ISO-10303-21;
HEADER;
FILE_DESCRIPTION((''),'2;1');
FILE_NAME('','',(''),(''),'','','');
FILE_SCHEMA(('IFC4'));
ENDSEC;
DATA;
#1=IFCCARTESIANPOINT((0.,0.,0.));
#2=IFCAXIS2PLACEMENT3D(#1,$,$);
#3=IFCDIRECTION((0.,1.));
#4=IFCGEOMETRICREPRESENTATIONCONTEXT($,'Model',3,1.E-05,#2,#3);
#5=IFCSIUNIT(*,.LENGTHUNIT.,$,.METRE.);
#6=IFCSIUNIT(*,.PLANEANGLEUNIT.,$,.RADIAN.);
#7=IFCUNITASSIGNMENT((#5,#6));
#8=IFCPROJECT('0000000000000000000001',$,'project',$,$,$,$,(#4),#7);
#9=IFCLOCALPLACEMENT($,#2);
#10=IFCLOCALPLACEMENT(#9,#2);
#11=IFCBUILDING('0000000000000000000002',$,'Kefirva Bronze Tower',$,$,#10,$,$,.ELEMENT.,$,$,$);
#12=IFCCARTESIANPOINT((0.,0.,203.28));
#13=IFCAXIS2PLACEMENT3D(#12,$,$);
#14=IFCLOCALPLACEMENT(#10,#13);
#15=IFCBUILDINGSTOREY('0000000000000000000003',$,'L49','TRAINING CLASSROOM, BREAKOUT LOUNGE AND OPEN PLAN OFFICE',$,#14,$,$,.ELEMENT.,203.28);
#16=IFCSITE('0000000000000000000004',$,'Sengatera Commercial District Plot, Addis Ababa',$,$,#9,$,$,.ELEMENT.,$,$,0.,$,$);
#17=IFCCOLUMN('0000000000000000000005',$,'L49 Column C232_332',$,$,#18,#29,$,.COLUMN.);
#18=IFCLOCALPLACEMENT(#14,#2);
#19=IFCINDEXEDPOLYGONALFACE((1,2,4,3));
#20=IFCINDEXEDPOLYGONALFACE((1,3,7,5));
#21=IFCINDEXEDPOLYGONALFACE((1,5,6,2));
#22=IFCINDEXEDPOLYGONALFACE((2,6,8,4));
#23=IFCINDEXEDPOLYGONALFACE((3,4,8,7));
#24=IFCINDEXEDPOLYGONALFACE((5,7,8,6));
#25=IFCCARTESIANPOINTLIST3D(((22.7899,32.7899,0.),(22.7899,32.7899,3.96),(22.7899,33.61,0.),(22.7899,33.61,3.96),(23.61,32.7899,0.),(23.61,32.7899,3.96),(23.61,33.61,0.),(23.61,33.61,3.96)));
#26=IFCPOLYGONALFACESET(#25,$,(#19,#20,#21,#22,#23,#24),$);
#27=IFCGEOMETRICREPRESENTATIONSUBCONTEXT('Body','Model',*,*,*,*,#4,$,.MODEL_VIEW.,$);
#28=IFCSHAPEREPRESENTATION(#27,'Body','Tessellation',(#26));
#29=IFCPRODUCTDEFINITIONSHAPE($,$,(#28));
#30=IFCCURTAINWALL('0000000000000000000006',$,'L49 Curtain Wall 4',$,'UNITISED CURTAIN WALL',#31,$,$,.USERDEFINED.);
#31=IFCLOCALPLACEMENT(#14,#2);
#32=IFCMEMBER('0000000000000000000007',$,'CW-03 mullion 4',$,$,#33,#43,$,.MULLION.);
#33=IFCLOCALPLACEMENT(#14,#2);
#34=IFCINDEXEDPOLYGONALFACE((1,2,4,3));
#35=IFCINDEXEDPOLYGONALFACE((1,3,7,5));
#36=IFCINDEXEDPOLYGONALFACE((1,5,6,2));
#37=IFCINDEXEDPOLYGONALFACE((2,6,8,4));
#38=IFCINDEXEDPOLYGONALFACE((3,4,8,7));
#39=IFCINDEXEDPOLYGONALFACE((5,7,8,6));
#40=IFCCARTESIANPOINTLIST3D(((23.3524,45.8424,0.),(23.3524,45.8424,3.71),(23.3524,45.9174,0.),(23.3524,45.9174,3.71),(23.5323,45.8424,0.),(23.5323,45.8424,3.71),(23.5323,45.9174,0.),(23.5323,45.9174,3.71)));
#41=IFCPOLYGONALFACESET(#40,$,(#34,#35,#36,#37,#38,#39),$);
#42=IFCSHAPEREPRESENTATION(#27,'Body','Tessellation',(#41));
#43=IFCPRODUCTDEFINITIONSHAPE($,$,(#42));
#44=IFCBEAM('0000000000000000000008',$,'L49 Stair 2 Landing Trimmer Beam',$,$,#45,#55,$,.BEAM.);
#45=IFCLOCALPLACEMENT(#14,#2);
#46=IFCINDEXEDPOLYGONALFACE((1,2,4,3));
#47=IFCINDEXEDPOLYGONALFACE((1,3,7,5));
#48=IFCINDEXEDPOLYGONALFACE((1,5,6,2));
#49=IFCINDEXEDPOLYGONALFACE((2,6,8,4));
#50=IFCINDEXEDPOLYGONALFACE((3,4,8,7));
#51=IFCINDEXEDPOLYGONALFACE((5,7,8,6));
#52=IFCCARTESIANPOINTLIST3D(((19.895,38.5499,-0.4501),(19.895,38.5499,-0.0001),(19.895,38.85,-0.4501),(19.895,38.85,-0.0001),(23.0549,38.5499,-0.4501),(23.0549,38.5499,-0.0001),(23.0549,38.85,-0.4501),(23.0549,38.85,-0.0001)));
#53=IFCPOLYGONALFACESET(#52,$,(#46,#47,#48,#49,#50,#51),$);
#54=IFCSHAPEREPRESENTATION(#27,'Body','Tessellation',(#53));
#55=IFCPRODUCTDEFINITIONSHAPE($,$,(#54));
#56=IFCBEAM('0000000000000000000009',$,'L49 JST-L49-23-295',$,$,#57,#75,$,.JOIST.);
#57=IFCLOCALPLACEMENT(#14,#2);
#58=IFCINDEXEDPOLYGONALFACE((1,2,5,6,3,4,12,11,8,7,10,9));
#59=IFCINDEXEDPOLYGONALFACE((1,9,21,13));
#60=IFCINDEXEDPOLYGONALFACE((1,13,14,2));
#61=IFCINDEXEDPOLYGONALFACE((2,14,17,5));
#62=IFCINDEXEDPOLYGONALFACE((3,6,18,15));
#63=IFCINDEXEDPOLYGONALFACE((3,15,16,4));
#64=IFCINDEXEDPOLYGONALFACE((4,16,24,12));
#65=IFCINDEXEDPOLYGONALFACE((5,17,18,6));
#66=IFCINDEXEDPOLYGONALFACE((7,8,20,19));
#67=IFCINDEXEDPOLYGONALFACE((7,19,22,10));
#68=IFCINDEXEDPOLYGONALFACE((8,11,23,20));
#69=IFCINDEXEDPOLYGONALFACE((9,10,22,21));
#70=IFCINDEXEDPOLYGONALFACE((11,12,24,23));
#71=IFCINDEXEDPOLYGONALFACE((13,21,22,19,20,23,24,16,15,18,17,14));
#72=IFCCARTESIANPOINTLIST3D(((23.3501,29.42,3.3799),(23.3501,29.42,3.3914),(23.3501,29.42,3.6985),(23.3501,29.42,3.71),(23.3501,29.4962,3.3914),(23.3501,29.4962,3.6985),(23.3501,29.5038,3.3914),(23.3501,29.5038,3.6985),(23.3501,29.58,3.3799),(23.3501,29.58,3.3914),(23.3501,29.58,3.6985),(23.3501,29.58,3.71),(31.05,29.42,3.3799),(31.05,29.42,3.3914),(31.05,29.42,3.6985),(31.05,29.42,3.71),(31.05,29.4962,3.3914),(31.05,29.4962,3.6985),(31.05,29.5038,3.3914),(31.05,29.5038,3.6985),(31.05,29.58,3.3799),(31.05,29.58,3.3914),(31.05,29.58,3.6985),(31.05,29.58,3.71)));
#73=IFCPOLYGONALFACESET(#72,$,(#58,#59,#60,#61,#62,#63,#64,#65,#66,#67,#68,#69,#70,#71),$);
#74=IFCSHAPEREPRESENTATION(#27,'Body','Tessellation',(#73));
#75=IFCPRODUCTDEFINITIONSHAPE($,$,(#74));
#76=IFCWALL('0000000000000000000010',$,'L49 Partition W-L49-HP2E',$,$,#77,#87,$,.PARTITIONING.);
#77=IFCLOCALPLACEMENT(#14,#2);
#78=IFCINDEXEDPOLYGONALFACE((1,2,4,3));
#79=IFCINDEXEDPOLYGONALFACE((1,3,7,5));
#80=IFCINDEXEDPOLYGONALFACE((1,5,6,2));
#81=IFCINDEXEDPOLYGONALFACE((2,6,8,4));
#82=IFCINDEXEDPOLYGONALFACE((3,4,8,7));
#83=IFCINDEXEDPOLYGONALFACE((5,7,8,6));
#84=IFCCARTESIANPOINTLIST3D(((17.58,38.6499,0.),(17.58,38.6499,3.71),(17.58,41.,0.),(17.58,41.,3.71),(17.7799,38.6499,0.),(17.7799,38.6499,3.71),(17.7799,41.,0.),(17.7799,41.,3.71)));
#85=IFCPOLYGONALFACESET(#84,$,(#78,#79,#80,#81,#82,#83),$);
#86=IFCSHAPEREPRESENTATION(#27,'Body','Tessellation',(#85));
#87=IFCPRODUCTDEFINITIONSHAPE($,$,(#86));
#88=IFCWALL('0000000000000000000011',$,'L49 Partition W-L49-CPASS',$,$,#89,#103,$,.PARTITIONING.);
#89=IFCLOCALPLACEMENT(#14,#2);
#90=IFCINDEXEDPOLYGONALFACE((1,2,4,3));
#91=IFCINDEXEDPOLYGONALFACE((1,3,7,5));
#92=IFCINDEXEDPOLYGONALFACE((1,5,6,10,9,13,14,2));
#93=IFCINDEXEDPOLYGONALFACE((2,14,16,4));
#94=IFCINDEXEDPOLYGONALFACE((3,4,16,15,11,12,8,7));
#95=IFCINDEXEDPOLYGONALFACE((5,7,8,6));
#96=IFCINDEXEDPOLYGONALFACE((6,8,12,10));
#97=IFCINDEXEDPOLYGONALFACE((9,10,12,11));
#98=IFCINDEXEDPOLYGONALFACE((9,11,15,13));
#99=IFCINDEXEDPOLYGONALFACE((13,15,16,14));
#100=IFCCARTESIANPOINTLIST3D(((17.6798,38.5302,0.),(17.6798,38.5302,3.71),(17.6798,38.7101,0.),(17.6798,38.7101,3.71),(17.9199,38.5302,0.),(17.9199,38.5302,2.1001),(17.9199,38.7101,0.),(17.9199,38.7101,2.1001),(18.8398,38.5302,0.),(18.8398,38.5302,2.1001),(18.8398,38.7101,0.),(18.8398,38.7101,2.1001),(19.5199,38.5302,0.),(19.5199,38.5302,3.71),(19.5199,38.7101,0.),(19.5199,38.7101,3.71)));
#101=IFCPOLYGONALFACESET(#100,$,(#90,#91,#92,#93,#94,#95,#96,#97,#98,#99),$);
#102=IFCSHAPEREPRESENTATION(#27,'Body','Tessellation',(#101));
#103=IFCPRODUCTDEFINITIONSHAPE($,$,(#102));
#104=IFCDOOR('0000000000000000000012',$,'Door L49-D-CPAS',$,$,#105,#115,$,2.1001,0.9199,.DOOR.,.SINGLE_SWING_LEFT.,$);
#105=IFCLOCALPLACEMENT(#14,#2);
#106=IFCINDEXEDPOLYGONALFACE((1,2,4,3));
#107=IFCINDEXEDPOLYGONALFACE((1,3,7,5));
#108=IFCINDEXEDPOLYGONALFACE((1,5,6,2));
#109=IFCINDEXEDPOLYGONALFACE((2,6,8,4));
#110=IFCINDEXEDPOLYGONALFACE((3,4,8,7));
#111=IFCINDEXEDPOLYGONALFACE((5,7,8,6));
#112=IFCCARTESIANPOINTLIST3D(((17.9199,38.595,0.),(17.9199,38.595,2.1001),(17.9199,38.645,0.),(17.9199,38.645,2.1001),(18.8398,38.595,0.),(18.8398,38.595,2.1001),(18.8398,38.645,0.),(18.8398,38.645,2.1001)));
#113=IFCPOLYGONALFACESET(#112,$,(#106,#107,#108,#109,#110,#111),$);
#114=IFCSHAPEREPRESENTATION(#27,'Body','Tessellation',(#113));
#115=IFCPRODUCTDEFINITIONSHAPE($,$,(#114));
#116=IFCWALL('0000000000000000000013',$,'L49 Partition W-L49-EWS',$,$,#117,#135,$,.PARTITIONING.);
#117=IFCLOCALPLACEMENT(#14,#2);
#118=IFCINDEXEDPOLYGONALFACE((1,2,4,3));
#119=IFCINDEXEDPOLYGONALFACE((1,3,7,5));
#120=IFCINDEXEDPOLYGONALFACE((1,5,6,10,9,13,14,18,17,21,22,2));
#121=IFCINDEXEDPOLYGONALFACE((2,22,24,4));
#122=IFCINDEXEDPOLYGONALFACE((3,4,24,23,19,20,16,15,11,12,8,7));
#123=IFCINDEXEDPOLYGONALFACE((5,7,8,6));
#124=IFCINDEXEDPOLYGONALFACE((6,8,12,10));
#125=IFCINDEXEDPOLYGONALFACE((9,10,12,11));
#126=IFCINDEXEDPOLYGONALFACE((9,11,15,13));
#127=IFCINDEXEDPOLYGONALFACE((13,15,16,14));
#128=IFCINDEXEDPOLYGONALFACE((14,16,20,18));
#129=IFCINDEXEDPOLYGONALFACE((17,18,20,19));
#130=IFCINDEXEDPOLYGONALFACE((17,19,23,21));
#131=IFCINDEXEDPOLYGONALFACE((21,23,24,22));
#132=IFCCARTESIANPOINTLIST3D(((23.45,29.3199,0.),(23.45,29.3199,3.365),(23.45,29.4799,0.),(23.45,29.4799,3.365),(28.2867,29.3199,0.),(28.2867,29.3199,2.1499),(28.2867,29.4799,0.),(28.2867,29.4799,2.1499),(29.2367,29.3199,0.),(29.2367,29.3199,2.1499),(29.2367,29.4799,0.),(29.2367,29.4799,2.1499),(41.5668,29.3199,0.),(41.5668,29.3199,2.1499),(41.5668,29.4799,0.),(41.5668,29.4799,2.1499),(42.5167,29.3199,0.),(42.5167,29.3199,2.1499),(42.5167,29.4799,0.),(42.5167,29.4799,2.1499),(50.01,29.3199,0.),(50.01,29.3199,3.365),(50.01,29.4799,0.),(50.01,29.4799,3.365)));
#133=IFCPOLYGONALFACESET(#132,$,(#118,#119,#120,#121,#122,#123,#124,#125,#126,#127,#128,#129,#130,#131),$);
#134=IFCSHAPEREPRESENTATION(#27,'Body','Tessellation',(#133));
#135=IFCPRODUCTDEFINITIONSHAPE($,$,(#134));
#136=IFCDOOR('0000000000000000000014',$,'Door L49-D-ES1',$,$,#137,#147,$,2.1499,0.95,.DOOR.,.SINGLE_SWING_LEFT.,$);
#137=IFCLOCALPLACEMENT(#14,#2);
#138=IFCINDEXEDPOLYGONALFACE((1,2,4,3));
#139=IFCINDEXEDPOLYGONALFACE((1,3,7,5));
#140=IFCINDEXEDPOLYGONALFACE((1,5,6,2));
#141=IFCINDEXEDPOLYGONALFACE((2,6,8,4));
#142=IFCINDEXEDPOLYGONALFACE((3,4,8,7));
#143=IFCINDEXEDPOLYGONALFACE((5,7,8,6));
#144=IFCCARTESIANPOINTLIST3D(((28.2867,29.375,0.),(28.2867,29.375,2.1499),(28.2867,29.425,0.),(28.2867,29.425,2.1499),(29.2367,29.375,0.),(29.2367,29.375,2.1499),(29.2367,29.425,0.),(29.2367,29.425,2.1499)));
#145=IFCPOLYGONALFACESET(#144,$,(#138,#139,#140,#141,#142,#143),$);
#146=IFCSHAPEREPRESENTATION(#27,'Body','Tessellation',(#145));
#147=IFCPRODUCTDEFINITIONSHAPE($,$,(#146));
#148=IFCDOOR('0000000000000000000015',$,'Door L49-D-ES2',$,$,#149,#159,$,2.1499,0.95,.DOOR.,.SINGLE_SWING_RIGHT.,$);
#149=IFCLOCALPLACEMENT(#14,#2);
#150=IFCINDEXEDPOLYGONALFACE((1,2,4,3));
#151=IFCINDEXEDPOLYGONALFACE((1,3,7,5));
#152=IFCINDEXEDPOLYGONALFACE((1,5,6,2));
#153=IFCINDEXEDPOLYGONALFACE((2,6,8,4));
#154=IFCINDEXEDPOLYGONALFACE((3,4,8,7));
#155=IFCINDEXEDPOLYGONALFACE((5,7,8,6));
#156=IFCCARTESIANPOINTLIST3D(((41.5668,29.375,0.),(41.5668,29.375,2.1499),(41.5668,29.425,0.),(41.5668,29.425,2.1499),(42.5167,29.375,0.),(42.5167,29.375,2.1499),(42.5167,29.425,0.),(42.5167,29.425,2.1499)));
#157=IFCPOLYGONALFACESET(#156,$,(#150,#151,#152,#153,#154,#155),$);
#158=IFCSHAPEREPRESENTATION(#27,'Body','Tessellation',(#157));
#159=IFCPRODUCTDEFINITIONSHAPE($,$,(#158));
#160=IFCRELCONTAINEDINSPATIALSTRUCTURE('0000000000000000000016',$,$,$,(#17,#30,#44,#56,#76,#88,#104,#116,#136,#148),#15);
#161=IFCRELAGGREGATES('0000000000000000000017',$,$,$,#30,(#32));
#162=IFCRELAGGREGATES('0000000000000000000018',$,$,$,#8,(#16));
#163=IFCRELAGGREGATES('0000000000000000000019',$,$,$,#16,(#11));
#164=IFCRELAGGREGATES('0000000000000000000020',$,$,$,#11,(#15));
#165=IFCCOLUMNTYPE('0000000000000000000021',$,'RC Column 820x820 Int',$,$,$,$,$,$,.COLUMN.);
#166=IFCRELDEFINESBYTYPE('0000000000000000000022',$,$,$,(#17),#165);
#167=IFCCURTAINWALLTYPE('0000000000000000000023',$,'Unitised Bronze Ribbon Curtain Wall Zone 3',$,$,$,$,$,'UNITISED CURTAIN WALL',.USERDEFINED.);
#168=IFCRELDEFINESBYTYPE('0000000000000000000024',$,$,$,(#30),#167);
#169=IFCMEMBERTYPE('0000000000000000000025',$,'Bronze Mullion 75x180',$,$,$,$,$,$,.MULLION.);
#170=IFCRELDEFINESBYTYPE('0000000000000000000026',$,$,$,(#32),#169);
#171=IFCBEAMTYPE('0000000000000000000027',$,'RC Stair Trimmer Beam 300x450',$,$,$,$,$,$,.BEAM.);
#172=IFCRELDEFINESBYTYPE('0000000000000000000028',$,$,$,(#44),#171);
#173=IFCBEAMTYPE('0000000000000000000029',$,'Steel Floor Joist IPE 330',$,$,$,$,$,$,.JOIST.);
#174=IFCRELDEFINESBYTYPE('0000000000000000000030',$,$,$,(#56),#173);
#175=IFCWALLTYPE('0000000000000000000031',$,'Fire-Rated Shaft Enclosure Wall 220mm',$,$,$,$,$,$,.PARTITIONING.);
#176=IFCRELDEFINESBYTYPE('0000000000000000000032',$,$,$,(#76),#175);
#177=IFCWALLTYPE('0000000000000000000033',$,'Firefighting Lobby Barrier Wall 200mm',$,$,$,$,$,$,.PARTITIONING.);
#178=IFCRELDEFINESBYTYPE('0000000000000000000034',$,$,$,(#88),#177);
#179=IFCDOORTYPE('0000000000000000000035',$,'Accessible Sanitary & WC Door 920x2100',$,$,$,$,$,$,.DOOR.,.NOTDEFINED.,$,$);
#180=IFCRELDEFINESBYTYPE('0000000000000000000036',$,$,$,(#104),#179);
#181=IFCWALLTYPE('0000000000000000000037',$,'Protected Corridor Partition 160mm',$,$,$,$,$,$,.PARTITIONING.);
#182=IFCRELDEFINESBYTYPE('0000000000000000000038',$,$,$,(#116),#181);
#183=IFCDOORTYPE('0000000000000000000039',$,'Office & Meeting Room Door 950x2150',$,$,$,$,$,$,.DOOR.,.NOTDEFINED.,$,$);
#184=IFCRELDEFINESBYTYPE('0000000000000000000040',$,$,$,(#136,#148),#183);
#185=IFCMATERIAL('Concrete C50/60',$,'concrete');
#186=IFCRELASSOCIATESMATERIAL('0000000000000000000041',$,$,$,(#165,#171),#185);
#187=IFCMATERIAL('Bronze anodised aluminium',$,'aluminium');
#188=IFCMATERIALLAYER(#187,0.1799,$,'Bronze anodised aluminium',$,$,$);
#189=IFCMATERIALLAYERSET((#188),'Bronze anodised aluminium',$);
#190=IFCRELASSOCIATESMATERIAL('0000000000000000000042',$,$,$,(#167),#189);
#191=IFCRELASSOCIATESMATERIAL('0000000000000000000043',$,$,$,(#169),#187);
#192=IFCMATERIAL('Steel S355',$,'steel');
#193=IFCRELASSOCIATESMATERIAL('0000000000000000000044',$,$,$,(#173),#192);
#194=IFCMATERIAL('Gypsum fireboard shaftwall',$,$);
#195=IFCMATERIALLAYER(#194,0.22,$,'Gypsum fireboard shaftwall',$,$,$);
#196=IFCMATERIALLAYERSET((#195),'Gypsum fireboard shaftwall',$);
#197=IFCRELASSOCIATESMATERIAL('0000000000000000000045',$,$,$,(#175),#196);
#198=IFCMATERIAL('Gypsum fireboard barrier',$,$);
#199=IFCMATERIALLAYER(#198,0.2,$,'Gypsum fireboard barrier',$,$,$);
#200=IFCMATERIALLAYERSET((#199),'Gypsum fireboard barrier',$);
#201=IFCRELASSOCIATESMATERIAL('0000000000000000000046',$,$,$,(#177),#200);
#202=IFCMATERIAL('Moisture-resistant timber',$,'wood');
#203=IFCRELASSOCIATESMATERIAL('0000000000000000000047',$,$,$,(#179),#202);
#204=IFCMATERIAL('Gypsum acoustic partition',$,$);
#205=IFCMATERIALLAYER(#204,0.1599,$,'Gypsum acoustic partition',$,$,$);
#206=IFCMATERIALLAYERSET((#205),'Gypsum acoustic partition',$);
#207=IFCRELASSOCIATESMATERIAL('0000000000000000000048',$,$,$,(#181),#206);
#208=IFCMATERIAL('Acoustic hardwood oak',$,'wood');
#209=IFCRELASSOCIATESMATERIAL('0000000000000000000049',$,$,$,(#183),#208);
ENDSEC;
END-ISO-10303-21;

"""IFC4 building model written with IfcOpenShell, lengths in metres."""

from ifc_helpers import new_model, si_unit, direction, frame, frame_2d, origin, origin_2d, place, context, subcontext, project, spatial, rectangle, i_section, extrude, material, layer, layer_set, material_profile, profile_set, type_object, element, fill, aggregate, save


model = new_model("IFC4")

# Units and contexts
model_context = context("Model", 3, precision=1e-05, world=origin(), true_north=direction((0.0, 1.0)))
body_context = subcontext(model_context, "Body", "Model", "MODEL_VIEW")
ifc_project = project(units=[si_unit("LENGTHUNIT", "METRE"), si_unit("PLANEANGLEUNIT", "RADIAN")], contexts=[model_context])

# Site, building, storey
site_placement = place(None, origin())
site = spatial("IfcSite", under=ifc_project, at=site_placement, Name="Sengatera Commercial District Plot, Addis Ababa", CompositionType="ELEMENT", RefElevation=0.0)
building_placement = place(site_placement, origin())
building = spatial("IfcBuilding", under=site, at=building_placement, Name="Kefirva Bronze Tower", CompositionType="ELEMENT")
storey_placement = place(building_placement, frame((0.0, 0.0, 203.28)))
storey = spatial("IfcBuildingStorey", under=building, at=storey_placement, Name="L49", Description="TRAINING CLASSROOM, BREAKOUT LOUNGE AND OPEN PLAN OFFICE", CompositionType="ELEMENT", Elevation=203.28)

# Column
ifc_material_1 = material(Name="Concrete C50/60", Category="concrete")
ifc_material_profile_1 = material_profile(ifc_material_1, rectangle(XDim=0.8201, YDim=0.8201, at=origin_2d()), Name="RC 820x820")
ifc_profile_set_1 = profile_set([ifc_material_profile_1], Name="Concrete C50/60")
column_type = type_object("IfcColumnType", Name="RC Column 820x820 Int", PredefinedType="COLUMN", material=ifc_profile_set_1)
column_placement = place(storey_placement, frame((23.2, 33.2, 0.0), z_axis=(0.0, 0.0, 1.0), x_axis=(1.0, 0.0, 0.0)))
element("IfcColumn", 1, at=column_placement, inside=storey, type_object=column_type, Name="L49 Column C232_332", PredefinedType="COLUMN", context=body_context, shape_type="SweptSolid", body=[
    extrude(rectangle(XDim=0.8201, YDim=0.8201, at=origin_2d()), origin(), (0.0, 0.0, 1.0), 3.96),
])

# Curtain wall, member
ifc_material_2 = material(Name="Bronze anodised aluminium", Category="aluminium")
ifc_layer_1 = layer(ifc_material_2, 0.1799, Name="Bronze anodised aluminium")
ifc_layer_set_1 = layer_set([ifc_layer_1], Name="Bronze anodised aluminium")
curtain_wall_type = type_object("IfcCurtainWallType", Name="Unitised Bronze Ribbon Curtain Wall Zone 3", ElementType="UNITISED CURTAIN WALL", PredefinedType="USERDEFINED", material=ifc_layer_set_1)
curtain_wall_placement = place(storey_placement, origin())
curtain_wall = element("IfcCurtainWall", 2, at=curtain_wall_placement, inside=storey, type_object=curtain_wall_type, Name="L49 Curtain Wall 4", ObjectType="UNITISED CURTAIN WALL", PredefinedType="USERDEFINED")
ifc_material_profile_2 = material_profile(ifc_material_2, rectangle(XDim=0.075, YDim=0.1799, at=origin_2d()), Name="ALU 75x180")
ifc_profile_set_2 = profile_set([ifc_material_profile_2], Name="Bronze anodised aluminium")
member_type = type_object("IfcMemberType", Name="Bronze Mullion 75x180", PredefinedType="MULLION", material=ifc_profile_set_2)
member_placement = place(storey_placement, frame((23.4424, 45.8799, 0.0), z_axis=(0.0, 0.0, 1.0), x_axis=(0.0, -1.0, 0.0)))
member = element("IfcMember", 3, at=member_placement, type_object=member_type, Name="CW-03 mullion 4", PredefinedType="MULLION", context=body_context, shape_type="SweptSolid", body=[
    extrude(rectangle(XDim=0.075, YDim=0.1799, at=origin_2d()), origin(), (0.0, 0.0, 1.0), 3.71),
])
aggregate(curtain_wall, [member])

# Beams
ifc_material_profile_3 = material_profile(ifc_material_1, rectangle(XDim=0.3, YDim=0.45, at=origin_2d()), Name="RC 300x450")
ifc_profile_set_3 = profile_set([ifc_material_profile_3], Name="Concrete C50/60")
beam_type_1 = type_object("IfcBeamType", Name="RC Stair Trimmer Beam 300x450", PredefinedType="BEAM", material=ifc_profile_set_3)
beam_1_placement = place(storey_placement, frame((19.895, 38.7, -0.2251), z_axis=(1.0, 0.0, 0.0), x_axis=(0.0, 1.0, 0.0)))
element("IfcBeam", 4, at=beam_1_placement, inside=storey, type_object=beam_type_1, Name="L49 Stair 2 Landing Trimmer Beam", PredefinedType="BEAM", context=body_context, shape_type="SweptSolid", body=[
    extrude(rectangle(XDim=0.3, YDim=0.45, at=origin_2d()), origin(), (0.0, 0.0, 1.0), 3.1599),
])
ifc_material_3 = material(Name="Steel S355", Category="steel")
ifc_material_profile_4 = material_profile(ifc_material_3, i_section(OverallWidth=0.1599, OverallDepth=0.3301, WebThickness=0.0076, FlangeThickness=0.0115, at=origin_2d()), Name="IPE 330")
ifc_profile_set_4 = profile_set([ifc_material_profile_4], Name="Steel S355")
beam_type_2 = type_object("IfcBeamType", Name="Steel Floor Joist IPE 330", PredefinedType="JOIST", material=ifc_profile_set_4)
beam_2_placement = place(storey_placement, frame((23.3501, 29.5, 3.5449), z_axis=(1.0, 0.0, 0.0), x_axis=(0.0, 1.0, 0.0)))
element("IfcBeam", 5, at=beam_2_placement, inside=storey, type_object=beam_type_2, Name="L49 JST-L49-23-295", PredefinedType="JOIST", context=body_context, shape_type="SweptSolid", body=[
    extrude(i_section(OverallWidth=0.1599, OverallDepth=0.3301, WebThickness=0.0076, FlangeThickness=0.0115, at=origin_2d()), origin(), (0.0, 0.0, 1.0), 7.7),
])

# Shared definitions
ifc_material_4 = material(Name="Gypsum fireboard shaftwall")
ifc_layer_2 = layer(ifc_material_4, 0.22, Name="Gypsum fireboard shaftwall")
ifc_layer_set_2 = layer_set([ifc_layer_2], Name="Gypsum fireboard shaftwall")
wall_type_1 = type_object("IfcWallType", Name="Fire-Rated Shaft Enclosure Wall 220mm", PredefinedType="PARTITIONING", material=ifc_layer_set_2)

# Wall
wall_1_placement = place(storey_placement, frame((17.6799, 38.6499, 0.0), z_axis=(0.0, 0.0, 1.0), x_axis=(0.0, 1.0, 0.0)))
element("IfcWall", 6, at=wall_1_placement, inside=storey, type_object=wall_type_1, Name="L49 Partition W-L49-HP2E", PredefinedType="PARTITIONING", context=body_context, shape_type="SweptSolid", body=[
    extrude(rectangle(XDim=2.3501, YDim=0.2, at=frame_2d((1.175, 0.0))), origin(), (0.0, 0.0, 1.0), 3.71),
])

# Wall, opening, door
ifc_material_5 = material(Name="Gypsum fireboard barrier")
ifc_layer_3 = layer(ifc_material_5, 0.2, Name="Gypsum fireboard barrier")
ifc_layer_set_3 = layer_set([ifc_layer_3], Name="Gypsum fireboard barrier")
wall_type_2 = type_object("IfcWallType", Name="Firefighting Lobby Barrier Wall 200mm", PredefinedType="PARTITIONING", material=ifc_layer_set_3)
wall_2_placement = place(storey_placement, frame((17.6799, 38.6201, 0.0), z_axis=(0.0, 0.0, 1.0), x_axis=(1.0, 0.0, 0.0)))
wall_2 = element("IfcWall", 7, at=wall_2_placement, inside=storey, type_object=wall_type_2, Name="L49 Partition W-L49-CPASS", PredefinedType="PARTITIONING", context=body_context, shape_type="SweptSolid", body=[
    extrude(rectangle(XDim=1.8401, YDim=0.1799, at=frame_2d((0.9199, 0.0))), origin(), (0.0, 0.0, 1.0), 3.71),
])
opening_1_placement = place(wall_2_placement, frame((0.24, 0.0, 0.0)))
opening_1 = element("IfcOpeningElement", 8, at=opening_1_placement, cuts=wall_2, PredefinedType="OPENING", context=body_context, shape_type="SweptSolid", body=[
    extrude(rectangle(XDim=0.9199, YDim=2.1001, at=frame_2d((0.46, 1.05))), frame((0.0, 0.1001, 0.0), z_axis=(0.0, -1.0, 0.0), x_axis=(1.0, 0.0, 0.0)), (0.0, 0.0, 1.0), 0.2),
])
ifc_material_6 = material(Name="Moisture-resistant timber", Category="wood")
door_type_1 = type_object("IfcDoorType", Name="Accessible Sanitary & WC Door 920x2100", OperationType="NOTDEFINED", PredefinedType="DOOR", material=ifc_material_6)
door_1_placement = place(opening_1_placement, origin())
door_1 = element("IfcDoor", 9, at=door_1_placement, inside=storey, type_object=door_type_1, Name="Door L49-D-CPAS", OperationType="SINGLE_SWING_LEFT", OverallHeight=2.1001, OverallWidth=0.9199, PredefinedType="DOOR", context=body_context, shape_type="SweptSolid", body=[
    extrude(rectangle(XDim=0.9199, YDim=2.1001, at=frame_2d((0.46, 1.05))), frame((0.0, 0.0249, 0.0), z_axis=(0.0, -1.0, 0.0), x_axis=(1.0, 0.0, 0.0)), (0.0, 0.0, 1.0), 0.05),
])
fill(opening_1, door_1)

# Wall, openings, doors
ifc_material_7 = material(Name="Gypsum acoustic partition")
ifc_layer_4 = layer(ifc_material_7, 0.1599, Name="Gypsum acoustic partition")
ifc_layer_set_4 = layer_set([ifc_layer_4], Name="Gypsum acoustic partition")
wall_type_3 = type_object("IfcWallType", Name="Protected Corridor Partition 160mm", PredefinedType="PARTITIONING", material=ifc_layer_set_4)
wall_3_placement = place(storey_placement, frame((23.45, 29.3999, 0.0), z_axis=(0.0, 0.0, 1.0), x_axis=(1.0, 0.0, 0.0)))
wall_3 = element("IfcWall", 10, at=wall_3_placement, inside=storey, type_object=wall_type_3, Name="L49 Partition W-L49-EWS", PredefinedType="PARTITIONING", context=body_context, shape_type="SweptSolid", body=[
    extrude(rectangle(XDim=26.5601, YDim=0.1599, at=frame_2d((13.28, 0.0))), origin(), (0.0, 0.0, 1.0), 3.365),
])
opening_2_placement = place(wall_3_placement, frame((5.7869, 0.0, 0.0), z_axis=(0.0, 0.0, 1.0), x_axis=(-1.0, 0.0, 0.0)))
opening_2 = element("IfcOpeningElement", 11, at=opening_2_placement, cuts=wall_3, PredefinedType="OPENING", context=body_context, shape_type="SweptSolid", body=[
    extrude(rectangle(XDim=0.95, YDim=2.1499, at=frame_2d((0.4751, 1.075))), frame((0.0, 0.0898, 0.0), z_axis=(0.0, -1.0, 0.0), x_axis=(1.0, 0.0, 0.0)), (0.0, 0.0, 1.0), 0.1799),
])
opening_3_placement = place(wall_3_placement, frame((19.0669, 0.0, 0.0), z_axis=(0.0, 0.0, 1.0), x_axis=(-1.0, 0.0, 0.0)))
opening_3 = element("IfcOpeningElement", 12, at=opening_3_placement, cuts=wall_3, PredefinedType="OPENING", context=body_context, shape_type="SweptSolid", body=[
    extrude(rectangle(XDim=0.95, YDim=2.1499, at=frame_2d((0.4751, 1.075))), frame((0.0, 0.0898, 0.0), z_axis=(0.0, -1.0, 0.0), x_axis=(1.0, 0.0, 0.0)), (0.0, 0.0, 1.0), 0.1799),
])
ifc_material_8 = material(Name="Acoustic hardwood oak", Category="wood")
door_type_2 = type_object("IfcDoorType", Name="Office & Meeting Room Door 950x2150", OperationType="NOTDEFINED", PredefinedType="DOOR", material=ifc_material_8)
door_2_placement = place(opening_2_placement, origin())
door_2 = element("IfcDoor", 13, at=door_2_placement, inside=storey, type_object=door_type_2, Name="Door L49-D-ES1", OperationType="SINGLE_SWING_LEFT", OverallHeight=2.1499, OverallWidth=0.95, PredefinedType="DOOR", context=body_context, shape_type="SweptSolid", body=[
    extrude(rectangle(XDim=0.95, YDim=2.1499, at=frame_2d((0.4751, 1.075))), frame((0.0, 0.0249, 0.0), z_axis=(0.0, -1.0, 0.0), x_axis=(1.0, 0.0, 0.0)), (0.0, 0.0, 1.0), 0.05),
])
fill(opening_2, door_2)
door_3_placement = place(opening_3_placement, origin())
door_3 = element("IfcDoor", 14, at=door_3_placement, inside=storey, type_object=door_type_2, Name="Door L49-D-ES2", OperationType="SINGLE_SWING_RIGHT", OverallHeight=2.1499, OverallWidth=0.95, PredefinedType="DOOR", context=body_context, shape_type="SweptSolid", body=[
    extrude(rectangle(XDim=0.95, YDim=2.1499, at=frame_2d((0.4751, 1.075))), frame((0.0, 0.0249, 0.0), z_axis=(0.0, -1.0, 0.0), x_axis=(1.0, 0.0, 0.0)), (0.0, 0.0, 1.0), 0.05),
])
fill(opening_3, door_3)

save(model, "model.ifc")
